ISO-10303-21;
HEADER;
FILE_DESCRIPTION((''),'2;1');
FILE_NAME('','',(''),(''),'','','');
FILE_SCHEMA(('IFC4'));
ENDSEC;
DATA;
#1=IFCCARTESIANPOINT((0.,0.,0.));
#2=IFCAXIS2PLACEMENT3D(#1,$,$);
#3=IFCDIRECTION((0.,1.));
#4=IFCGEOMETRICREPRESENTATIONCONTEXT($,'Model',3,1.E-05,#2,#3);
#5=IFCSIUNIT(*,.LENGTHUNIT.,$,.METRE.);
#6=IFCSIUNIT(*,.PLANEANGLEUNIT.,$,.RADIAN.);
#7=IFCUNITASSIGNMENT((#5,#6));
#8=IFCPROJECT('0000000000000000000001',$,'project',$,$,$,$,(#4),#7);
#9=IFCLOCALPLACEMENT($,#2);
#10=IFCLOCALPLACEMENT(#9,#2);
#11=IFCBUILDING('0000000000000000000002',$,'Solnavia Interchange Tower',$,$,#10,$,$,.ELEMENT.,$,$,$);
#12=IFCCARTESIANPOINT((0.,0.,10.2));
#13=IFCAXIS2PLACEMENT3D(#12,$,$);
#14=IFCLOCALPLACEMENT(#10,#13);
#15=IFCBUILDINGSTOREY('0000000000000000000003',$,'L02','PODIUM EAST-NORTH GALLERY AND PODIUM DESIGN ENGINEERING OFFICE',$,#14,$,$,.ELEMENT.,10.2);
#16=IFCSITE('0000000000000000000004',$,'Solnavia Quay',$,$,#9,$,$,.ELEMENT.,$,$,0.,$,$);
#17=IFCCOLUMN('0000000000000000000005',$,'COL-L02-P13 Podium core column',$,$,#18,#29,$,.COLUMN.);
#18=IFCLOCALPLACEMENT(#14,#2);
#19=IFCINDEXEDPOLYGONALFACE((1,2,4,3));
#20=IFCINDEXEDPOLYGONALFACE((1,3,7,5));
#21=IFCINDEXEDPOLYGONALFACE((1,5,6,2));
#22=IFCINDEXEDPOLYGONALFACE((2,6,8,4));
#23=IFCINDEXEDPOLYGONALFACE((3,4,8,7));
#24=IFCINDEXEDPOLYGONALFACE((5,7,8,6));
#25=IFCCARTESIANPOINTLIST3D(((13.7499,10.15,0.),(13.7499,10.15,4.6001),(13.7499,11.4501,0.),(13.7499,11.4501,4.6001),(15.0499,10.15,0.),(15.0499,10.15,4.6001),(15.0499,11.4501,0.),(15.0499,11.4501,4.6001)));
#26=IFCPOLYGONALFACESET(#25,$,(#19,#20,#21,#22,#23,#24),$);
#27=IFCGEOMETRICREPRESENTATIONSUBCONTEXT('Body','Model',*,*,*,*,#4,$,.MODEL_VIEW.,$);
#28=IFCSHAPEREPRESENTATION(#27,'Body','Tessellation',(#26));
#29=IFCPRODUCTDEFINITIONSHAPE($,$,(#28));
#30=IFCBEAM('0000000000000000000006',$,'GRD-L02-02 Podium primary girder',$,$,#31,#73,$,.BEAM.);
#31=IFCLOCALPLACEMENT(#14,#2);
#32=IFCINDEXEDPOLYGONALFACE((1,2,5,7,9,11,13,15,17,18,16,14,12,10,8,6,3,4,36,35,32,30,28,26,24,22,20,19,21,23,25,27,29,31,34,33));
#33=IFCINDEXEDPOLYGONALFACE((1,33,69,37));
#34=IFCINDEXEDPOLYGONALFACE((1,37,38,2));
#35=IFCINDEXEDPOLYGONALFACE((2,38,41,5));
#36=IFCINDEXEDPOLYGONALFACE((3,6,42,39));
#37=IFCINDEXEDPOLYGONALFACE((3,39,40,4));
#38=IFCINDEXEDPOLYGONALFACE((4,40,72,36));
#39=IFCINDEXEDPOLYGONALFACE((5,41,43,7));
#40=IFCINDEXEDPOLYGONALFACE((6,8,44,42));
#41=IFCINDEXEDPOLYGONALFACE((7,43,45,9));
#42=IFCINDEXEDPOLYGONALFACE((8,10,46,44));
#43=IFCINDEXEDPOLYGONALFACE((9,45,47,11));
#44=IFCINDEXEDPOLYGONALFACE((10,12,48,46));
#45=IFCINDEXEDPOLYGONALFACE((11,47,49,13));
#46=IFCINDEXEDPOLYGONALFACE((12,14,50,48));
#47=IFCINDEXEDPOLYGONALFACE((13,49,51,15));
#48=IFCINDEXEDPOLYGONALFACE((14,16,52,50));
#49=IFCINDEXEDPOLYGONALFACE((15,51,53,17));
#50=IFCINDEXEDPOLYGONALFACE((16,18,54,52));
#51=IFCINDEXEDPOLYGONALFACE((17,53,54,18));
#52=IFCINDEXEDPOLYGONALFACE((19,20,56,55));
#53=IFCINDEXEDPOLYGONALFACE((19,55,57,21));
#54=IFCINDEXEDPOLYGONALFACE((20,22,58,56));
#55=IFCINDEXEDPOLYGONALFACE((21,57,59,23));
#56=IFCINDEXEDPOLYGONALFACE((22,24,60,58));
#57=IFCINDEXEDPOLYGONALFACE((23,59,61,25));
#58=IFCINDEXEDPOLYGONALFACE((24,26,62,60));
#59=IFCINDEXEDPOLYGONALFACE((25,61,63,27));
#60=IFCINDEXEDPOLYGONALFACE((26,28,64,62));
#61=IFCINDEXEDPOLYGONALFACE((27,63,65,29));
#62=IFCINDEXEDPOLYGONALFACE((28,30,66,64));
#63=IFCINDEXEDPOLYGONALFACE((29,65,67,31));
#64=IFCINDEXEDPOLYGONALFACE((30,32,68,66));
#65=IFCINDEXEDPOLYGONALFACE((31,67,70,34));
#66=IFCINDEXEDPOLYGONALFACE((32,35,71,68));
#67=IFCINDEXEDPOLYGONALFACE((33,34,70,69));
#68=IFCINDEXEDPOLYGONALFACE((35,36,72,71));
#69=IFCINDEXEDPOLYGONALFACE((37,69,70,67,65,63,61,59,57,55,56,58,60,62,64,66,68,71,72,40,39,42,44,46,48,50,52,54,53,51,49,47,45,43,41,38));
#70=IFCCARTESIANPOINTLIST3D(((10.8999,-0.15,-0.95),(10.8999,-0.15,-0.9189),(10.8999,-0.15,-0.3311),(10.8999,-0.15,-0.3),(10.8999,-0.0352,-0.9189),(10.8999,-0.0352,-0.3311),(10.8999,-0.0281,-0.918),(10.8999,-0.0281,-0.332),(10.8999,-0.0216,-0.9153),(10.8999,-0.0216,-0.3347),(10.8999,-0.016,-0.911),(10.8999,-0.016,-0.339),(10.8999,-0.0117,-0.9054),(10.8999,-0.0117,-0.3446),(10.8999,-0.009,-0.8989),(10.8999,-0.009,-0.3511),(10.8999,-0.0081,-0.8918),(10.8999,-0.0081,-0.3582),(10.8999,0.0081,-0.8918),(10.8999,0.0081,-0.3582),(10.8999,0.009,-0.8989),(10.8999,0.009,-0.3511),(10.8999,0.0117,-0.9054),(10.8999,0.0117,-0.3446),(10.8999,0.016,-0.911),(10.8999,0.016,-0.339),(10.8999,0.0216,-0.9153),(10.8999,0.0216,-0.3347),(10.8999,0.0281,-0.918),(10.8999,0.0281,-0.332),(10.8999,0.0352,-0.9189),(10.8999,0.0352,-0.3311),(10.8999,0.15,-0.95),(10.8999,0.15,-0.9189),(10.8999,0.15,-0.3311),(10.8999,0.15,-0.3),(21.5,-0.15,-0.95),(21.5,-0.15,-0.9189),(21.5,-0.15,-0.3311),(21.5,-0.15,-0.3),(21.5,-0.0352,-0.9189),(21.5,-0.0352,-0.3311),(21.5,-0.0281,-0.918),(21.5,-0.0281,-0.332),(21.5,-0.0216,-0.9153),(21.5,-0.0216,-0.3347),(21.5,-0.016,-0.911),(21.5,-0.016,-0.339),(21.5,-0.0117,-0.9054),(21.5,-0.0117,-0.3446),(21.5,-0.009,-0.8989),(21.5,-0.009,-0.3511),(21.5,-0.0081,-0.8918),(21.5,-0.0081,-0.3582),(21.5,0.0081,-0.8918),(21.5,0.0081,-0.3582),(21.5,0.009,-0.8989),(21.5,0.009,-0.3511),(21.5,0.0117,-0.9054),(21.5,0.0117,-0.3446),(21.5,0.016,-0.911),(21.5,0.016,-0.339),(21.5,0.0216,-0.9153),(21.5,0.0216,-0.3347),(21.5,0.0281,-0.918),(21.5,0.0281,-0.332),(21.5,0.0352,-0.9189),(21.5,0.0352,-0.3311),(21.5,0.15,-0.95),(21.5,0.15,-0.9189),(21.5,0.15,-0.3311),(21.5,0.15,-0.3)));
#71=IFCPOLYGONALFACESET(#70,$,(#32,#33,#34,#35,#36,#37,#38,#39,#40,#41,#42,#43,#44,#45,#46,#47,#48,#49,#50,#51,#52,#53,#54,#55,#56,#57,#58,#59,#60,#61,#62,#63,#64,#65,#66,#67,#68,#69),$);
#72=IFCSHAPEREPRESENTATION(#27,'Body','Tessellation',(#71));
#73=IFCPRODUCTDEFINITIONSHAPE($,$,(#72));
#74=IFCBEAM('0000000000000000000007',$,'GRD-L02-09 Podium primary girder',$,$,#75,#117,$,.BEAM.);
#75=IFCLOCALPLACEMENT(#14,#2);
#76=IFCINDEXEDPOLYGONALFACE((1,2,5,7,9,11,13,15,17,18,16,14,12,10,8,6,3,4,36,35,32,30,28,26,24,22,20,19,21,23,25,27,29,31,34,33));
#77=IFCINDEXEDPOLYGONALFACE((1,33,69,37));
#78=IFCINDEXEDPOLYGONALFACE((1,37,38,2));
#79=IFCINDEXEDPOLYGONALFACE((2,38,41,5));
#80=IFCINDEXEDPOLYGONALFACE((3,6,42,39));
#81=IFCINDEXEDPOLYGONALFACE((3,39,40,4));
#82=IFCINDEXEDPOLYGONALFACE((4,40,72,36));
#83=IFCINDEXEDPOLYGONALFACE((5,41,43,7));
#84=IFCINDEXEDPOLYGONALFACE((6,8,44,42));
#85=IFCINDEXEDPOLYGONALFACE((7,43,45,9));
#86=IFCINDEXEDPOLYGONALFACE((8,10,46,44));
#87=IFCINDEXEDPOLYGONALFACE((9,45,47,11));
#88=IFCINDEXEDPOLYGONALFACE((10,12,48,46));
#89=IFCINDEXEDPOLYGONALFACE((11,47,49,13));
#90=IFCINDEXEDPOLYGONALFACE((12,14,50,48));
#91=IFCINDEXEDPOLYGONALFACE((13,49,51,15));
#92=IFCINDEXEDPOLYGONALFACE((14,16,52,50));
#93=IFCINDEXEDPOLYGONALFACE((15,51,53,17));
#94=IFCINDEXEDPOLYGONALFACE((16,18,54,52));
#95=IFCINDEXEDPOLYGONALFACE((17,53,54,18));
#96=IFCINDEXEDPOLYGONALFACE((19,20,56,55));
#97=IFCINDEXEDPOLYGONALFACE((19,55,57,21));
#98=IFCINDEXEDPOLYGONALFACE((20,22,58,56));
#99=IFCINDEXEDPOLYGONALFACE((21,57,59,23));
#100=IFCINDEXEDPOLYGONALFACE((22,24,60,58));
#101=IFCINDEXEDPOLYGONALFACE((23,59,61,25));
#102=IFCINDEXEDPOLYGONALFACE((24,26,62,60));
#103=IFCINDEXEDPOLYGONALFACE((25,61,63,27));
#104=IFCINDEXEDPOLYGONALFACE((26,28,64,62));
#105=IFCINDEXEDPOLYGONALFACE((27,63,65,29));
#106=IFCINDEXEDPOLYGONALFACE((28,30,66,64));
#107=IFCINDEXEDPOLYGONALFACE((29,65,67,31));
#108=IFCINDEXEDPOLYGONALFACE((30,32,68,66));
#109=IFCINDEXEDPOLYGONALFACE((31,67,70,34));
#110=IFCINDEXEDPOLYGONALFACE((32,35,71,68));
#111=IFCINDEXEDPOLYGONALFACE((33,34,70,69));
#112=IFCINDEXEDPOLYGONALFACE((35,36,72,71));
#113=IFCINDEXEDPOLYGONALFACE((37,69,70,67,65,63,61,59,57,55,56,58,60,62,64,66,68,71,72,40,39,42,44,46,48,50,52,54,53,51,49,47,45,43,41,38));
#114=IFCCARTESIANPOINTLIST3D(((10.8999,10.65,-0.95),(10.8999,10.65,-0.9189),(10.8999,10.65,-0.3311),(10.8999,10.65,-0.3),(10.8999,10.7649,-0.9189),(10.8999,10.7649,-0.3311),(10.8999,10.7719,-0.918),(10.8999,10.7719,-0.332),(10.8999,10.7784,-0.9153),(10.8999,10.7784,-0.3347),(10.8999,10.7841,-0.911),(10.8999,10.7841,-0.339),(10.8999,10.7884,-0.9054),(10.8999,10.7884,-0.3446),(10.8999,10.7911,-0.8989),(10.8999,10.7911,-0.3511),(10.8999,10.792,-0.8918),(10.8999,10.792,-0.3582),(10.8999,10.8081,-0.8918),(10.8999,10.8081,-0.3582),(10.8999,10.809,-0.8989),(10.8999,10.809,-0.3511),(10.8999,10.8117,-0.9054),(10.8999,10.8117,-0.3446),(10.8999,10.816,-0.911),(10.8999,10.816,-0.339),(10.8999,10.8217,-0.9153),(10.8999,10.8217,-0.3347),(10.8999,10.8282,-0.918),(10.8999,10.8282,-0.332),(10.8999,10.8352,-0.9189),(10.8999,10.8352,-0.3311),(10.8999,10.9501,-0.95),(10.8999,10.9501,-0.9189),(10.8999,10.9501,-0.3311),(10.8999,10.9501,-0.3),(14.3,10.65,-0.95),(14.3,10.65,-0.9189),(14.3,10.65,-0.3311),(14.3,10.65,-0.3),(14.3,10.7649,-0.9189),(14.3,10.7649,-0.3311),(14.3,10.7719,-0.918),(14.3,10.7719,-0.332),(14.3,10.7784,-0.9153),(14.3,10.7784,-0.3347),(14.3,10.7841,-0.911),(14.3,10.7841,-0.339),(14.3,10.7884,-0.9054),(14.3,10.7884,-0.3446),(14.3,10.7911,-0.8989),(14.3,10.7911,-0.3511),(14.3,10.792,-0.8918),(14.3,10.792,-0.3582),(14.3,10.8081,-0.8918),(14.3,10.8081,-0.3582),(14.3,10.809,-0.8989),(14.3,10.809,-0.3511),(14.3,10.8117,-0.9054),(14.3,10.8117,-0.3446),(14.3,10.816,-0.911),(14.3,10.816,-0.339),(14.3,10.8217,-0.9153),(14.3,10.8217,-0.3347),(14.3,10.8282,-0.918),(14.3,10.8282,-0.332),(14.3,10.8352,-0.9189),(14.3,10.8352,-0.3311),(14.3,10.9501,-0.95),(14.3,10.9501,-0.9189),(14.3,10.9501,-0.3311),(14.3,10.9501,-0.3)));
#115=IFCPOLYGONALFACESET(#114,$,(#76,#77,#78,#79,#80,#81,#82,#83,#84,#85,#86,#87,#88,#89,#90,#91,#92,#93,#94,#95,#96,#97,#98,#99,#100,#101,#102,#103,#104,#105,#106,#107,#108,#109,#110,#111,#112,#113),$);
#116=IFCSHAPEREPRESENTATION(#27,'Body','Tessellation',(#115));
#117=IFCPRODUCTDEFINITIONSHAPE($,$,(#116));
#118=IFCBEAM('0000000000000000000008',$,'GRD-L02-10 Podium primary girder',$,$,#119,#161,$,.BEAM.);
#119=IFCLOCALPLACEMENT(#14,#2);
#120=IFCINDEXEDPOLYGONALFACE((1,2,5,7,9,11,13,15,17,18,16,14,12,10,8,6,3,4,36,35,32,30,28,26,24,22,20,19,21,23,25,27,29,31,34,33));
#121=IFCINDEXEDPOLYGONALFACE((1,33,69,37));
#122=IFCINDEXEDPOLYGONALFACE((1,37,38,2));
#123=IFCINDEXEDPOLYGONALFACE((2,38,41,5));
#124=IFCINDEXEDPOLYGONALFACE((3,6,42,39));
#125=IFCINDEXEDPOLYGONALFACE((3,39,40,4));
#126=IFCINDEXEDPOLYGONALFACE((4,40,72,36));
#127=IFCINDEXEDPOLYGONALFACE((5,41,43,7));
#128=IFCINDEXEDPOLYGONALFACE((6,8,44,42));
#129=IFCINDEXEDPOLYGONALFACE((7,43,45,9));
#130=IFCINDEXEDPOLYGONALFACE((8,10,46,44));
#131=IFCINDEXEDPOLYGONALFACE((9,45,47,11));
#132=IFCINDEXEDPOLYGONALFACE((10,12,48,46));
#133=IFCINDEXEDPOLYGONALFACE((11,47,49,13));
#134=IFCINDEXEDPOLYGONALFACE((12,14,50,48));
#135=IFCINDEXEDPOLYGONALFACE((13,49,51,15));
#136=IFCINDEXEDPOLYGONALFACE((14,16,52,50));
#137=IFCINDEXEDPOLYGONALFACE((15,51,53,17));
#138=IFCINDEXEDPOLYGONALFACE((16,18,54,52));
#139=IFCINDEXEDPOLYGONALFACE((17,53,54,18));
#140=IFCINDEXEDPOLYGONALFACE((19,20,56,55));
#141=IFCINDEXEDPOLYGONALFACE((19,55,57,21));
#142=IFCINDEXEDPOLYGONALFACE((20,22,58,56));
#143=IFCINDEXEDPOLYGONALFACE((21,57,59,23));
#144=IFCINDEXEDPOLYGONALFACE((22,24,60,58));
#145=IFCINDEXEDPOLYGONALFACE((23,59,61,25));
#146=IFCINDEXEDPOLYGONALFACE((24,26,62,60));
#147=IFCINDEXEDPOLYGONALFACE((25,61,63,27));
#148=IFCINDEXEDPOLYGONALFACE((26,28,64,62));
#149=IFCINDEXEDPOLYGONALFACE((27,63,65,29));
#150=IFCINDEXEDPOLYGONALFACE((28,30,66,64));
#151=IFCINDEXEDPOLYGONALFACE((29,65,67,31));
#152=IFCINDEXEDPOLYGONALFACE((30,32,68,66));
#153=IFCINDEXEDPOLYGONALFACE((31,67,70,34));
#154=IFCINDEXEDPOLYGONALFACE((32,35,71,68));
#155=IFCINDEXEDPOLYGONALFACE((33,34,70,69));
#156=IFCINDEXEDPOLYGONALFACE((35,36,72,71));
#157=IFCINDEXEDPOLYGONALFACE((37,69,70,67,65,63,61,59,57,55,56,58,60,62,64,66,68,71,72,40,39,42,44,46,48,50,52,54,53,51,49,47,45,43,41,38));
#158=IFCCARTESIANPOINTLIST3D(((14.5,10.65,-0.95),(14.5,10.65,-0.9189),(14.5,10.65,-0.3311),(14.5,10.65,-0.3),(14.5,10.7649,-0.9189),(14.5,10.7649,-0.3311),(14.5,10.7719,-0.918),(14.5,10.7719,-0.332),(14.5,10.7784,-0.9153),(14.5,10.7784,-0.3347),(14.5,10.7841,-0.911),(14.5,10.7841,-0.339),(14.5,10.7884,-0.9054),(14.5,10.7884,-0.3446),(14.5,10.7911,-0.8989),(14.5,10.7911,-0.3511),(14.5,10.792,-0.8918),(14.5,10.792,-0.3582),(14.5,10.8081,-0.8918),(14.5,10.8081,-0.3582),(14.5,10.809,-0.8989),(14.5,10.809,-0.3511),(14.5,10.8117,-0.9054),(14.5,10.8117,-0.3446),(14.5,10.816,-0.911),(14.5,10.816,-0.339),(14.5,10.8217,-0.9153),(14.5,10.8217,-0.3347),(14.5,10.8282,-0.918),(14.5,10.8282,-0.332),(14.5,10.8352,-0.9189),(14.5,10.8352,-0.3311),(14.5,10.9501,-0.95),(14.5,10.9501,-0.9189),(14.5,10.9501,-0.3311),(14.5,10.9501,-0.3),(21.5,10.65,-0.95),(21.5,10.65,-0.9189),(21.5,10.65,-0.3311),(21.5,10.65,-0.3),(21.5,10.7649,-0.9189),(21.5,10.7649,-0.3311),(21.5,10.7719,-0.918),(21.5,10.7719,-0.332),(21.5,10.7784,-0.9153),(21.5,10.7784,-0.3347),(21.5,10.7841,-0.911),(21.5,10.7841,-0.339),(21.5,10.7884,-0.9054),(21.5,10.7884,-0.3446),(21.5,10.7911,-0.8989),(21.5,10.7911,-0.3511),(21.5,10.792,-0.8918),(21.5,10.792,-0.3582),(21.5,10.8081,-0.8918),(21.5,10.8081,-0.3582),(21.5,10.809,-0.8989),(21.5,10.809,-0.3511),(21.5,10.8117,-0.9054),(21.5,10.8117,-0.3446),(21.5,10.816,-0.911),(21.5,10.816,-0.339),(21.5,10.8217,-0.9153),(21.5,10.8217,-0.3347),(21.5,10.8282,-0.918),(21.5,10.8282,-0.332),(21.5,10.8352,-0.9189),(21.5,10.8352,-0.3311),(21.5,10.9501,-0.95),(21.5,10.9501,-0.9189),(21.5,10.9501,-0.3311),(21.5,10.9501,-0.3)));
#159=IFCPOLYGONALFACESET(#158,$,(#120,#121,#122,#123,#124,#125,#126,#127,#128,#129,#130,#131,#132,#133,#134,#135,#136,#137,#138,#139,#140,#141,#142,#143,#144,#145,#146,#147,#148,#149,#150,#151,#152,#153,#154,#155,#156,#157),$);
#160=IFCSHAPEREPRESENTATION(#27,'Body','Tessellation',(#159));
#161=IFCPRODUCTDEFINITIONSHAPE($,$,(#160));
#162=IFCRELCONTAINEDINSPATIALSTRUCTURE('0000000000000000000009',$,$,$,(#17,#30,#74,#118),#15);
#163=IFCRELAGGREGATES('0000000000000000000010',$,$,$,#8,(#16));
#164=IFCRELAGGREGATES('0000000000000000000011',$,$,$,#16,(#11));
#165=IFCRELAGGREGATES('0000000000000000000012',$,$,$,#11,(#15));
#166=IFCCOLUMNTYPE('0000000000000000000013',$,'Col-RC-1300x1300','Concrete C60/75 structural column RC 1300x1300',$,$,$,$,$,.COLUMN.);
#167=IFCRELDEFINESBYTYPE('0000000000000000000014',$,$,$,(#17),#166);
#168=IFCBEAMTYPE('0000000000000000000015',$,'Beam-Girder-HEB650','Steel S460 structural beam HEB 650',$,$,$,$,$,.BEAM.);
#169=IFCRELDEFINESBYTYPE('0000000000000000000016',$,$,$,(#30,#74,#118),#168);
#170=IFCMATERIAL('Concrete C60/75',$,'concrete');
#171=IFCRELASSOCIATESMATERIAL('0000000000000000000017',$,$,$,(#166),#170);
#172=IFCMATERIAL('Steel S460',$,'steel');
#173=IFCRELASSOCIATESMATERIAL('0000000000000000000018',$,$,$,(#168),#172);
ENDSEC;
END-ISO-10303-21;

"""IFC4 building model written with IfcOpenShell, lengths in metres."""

from ifc_helpers import new_model, si_unit, direction, frame, origin, origin_2d, place, context, subcontext, project, spatial, rectangle, i_section, extrude, material, material_profile, profile_set, type_object, element, save


model = new_model("IFC4")

# Units and contexts
model_context = context("Model", 3, precision=1e-05, world=origin(), true_north=direction((0.0, 1.0)))
body_context = subcontext(model_context, "Body", "Model", "MODEL_VIEW")
ifc_project = project(units=[si_unit("LENGTHUNIT", "METRE"), si_unit("PLANEANGLEUNIT", "RADIAN")], contexts=[model_context])

# Site, building, storey
site_placement = place(None, origin())
site = spatial("IfcSite", under=ifc_project, at=site_placement, Name="Solnavia Quay", CompositionType="ELEMENT", RefElevation=0.0)
building_placement = place(site_placement, origin())
building = spatial("IfcBuilding", under=site, at=building_placement, Name="Solnavia Interchange Tower", CompositionType="ELEMENT")
storey_placement = place(building_placement, frame((0.0, 0.0, 10.2)))
storey = spatial("IfcBuildingStorey", under=building, at=storey_placement, Name="L02", Description="PODIUM EAST-NORTH GALLERY AND PODIUM DESIGN ENGINEERING OFFICE", CompositionType="ELEMENT", Elevation=10.2)

# Column
ifc_material_1 = material(Name="Concrete C60/75", Category="concrete")
ifc_material_profile_1 = material_profile(ifc_material_1, rectangle(XDim=1.3, YDim=1.3, at=origin_2d()), Name="RC 1300x1300")
ifc_profile_set_1 = profile_set([ifc_material_profile_1], Name="Concrete C60/75")
column_type = type_object("IfcColumnType", Name="Col-RC-1300x1300", Description="Concrete C60/75 structural column RC 1300x1300", PredefinedType="COLUMN", material=ifc_profile_set_1)
column_placement = place(storey_placement, frame((14.3999, 10.8, 0.0), z_axis=(0.0, 0.0, 1.0), x_axis=(1.0, 0.0, 0.0)))
element("IfcColumn", 1, at=column_placement, inside=storey, type_object=column_type, Name="COL-L02-P13 Podium core column", PredefinedType="COLUMN", context=body_context, shape_type="SweptSolid", body=[
    extrude(rectangle(XDim=1.3, YDim=1.3, at=origin_2d()), origin(), (0.0, 0.0, 1.0), 4.6001),
])

# Beams
ifc_material_2 = material(Name="Steel S460", Category="steel")
ifc_material_profile_2 = material_profile(ifc_material_2, i_section(OverallWidth=0.3, OverallDepth=0.6499, WebThickness=0.0161, FlangeThickness=0.031, FilletRadius=0.0271, at=origin_2d()), Name="HEB 650")
ifc_profile_set_2 = profile_set([ifc_material_profile_2], Name="Steel S460")
beam_type = type_object("IfcBeamType", Name="Beam-Girder-HEB650", Description="Steel S460 structural beam HEB 650", PredefinedType="BEAM", material=ifc_profile_set_2)
beam_1_placement = place(storey_placement, frame((10.8999, 0.0, -0.625), z_axis=(1.0, 0.0, 0.0), x_axis=(0.0, 1.0, 0.0)))
element("IfcBeam", 2, at=beam_1_placement, inside=storey, type_object=beam_type, Name="GRD-L02-02 Podium primary girder", PredefinedType="BEAM", context=body_context, shape_type="SweptSolid", body=[
    extrude(i_section(OverallWidth=0.3, OverallDepth=0.6499, WebThickness=0.0161, FlangeThickness=0.031, FilletRadius=0.0271, at=origin_2d()), origin(), (0.0, 0.0, 1.0), 10.6001),
])
beam_2_placement = place(storey_placement, frame((10.8999, 10.8, -0.625), z_axis=(1.0, 0.0, 0.0), x_axis=(0.0, 1.0, 0.0)))
element("IfcBeam", 3, at=beam_2_placement, inside=storey, type_object=beam_type, Name="GRD-L02-09 Podium primary girder", PredefinedType="BEAM", context=body_context, shape_type="SweptSolid", body=[
    extrude(i_section(OverallWidth=0.3, OverallDepth=0.6499, WebThickness=0.0161, FlangeThickness=0.031, FilletRadius=0.0271, at=origin_2d()), origin(), (0.0, 0.0, 1.0), 3.4001),
])
beam_3_placement = place(storey_placement, frame((14.5, 10.8, -0.625), z_axis=(1.0, 0.0, 0.0), x_axis=(0.0, 1.0, 0.0)))
element("IfcBeam", 4, at=beam_3_placement, inside=storey, type_object=beam_type, Name="GRD-L02-10 Podium primary girder", PredefinedType="BEAM", context=body_context, shape_type="SweptSolid", body=[
    extrude(i_section(OverallWidth=0.3, OverallDepth=0.6499, WebThickness=0.0161, FlangeThickness=0.031, FilletRadius=0.0271, at=origin_2d()), origin(), (0.0, 0.0, 1.0), 7.0),
])

save(model, "model.ifc")
